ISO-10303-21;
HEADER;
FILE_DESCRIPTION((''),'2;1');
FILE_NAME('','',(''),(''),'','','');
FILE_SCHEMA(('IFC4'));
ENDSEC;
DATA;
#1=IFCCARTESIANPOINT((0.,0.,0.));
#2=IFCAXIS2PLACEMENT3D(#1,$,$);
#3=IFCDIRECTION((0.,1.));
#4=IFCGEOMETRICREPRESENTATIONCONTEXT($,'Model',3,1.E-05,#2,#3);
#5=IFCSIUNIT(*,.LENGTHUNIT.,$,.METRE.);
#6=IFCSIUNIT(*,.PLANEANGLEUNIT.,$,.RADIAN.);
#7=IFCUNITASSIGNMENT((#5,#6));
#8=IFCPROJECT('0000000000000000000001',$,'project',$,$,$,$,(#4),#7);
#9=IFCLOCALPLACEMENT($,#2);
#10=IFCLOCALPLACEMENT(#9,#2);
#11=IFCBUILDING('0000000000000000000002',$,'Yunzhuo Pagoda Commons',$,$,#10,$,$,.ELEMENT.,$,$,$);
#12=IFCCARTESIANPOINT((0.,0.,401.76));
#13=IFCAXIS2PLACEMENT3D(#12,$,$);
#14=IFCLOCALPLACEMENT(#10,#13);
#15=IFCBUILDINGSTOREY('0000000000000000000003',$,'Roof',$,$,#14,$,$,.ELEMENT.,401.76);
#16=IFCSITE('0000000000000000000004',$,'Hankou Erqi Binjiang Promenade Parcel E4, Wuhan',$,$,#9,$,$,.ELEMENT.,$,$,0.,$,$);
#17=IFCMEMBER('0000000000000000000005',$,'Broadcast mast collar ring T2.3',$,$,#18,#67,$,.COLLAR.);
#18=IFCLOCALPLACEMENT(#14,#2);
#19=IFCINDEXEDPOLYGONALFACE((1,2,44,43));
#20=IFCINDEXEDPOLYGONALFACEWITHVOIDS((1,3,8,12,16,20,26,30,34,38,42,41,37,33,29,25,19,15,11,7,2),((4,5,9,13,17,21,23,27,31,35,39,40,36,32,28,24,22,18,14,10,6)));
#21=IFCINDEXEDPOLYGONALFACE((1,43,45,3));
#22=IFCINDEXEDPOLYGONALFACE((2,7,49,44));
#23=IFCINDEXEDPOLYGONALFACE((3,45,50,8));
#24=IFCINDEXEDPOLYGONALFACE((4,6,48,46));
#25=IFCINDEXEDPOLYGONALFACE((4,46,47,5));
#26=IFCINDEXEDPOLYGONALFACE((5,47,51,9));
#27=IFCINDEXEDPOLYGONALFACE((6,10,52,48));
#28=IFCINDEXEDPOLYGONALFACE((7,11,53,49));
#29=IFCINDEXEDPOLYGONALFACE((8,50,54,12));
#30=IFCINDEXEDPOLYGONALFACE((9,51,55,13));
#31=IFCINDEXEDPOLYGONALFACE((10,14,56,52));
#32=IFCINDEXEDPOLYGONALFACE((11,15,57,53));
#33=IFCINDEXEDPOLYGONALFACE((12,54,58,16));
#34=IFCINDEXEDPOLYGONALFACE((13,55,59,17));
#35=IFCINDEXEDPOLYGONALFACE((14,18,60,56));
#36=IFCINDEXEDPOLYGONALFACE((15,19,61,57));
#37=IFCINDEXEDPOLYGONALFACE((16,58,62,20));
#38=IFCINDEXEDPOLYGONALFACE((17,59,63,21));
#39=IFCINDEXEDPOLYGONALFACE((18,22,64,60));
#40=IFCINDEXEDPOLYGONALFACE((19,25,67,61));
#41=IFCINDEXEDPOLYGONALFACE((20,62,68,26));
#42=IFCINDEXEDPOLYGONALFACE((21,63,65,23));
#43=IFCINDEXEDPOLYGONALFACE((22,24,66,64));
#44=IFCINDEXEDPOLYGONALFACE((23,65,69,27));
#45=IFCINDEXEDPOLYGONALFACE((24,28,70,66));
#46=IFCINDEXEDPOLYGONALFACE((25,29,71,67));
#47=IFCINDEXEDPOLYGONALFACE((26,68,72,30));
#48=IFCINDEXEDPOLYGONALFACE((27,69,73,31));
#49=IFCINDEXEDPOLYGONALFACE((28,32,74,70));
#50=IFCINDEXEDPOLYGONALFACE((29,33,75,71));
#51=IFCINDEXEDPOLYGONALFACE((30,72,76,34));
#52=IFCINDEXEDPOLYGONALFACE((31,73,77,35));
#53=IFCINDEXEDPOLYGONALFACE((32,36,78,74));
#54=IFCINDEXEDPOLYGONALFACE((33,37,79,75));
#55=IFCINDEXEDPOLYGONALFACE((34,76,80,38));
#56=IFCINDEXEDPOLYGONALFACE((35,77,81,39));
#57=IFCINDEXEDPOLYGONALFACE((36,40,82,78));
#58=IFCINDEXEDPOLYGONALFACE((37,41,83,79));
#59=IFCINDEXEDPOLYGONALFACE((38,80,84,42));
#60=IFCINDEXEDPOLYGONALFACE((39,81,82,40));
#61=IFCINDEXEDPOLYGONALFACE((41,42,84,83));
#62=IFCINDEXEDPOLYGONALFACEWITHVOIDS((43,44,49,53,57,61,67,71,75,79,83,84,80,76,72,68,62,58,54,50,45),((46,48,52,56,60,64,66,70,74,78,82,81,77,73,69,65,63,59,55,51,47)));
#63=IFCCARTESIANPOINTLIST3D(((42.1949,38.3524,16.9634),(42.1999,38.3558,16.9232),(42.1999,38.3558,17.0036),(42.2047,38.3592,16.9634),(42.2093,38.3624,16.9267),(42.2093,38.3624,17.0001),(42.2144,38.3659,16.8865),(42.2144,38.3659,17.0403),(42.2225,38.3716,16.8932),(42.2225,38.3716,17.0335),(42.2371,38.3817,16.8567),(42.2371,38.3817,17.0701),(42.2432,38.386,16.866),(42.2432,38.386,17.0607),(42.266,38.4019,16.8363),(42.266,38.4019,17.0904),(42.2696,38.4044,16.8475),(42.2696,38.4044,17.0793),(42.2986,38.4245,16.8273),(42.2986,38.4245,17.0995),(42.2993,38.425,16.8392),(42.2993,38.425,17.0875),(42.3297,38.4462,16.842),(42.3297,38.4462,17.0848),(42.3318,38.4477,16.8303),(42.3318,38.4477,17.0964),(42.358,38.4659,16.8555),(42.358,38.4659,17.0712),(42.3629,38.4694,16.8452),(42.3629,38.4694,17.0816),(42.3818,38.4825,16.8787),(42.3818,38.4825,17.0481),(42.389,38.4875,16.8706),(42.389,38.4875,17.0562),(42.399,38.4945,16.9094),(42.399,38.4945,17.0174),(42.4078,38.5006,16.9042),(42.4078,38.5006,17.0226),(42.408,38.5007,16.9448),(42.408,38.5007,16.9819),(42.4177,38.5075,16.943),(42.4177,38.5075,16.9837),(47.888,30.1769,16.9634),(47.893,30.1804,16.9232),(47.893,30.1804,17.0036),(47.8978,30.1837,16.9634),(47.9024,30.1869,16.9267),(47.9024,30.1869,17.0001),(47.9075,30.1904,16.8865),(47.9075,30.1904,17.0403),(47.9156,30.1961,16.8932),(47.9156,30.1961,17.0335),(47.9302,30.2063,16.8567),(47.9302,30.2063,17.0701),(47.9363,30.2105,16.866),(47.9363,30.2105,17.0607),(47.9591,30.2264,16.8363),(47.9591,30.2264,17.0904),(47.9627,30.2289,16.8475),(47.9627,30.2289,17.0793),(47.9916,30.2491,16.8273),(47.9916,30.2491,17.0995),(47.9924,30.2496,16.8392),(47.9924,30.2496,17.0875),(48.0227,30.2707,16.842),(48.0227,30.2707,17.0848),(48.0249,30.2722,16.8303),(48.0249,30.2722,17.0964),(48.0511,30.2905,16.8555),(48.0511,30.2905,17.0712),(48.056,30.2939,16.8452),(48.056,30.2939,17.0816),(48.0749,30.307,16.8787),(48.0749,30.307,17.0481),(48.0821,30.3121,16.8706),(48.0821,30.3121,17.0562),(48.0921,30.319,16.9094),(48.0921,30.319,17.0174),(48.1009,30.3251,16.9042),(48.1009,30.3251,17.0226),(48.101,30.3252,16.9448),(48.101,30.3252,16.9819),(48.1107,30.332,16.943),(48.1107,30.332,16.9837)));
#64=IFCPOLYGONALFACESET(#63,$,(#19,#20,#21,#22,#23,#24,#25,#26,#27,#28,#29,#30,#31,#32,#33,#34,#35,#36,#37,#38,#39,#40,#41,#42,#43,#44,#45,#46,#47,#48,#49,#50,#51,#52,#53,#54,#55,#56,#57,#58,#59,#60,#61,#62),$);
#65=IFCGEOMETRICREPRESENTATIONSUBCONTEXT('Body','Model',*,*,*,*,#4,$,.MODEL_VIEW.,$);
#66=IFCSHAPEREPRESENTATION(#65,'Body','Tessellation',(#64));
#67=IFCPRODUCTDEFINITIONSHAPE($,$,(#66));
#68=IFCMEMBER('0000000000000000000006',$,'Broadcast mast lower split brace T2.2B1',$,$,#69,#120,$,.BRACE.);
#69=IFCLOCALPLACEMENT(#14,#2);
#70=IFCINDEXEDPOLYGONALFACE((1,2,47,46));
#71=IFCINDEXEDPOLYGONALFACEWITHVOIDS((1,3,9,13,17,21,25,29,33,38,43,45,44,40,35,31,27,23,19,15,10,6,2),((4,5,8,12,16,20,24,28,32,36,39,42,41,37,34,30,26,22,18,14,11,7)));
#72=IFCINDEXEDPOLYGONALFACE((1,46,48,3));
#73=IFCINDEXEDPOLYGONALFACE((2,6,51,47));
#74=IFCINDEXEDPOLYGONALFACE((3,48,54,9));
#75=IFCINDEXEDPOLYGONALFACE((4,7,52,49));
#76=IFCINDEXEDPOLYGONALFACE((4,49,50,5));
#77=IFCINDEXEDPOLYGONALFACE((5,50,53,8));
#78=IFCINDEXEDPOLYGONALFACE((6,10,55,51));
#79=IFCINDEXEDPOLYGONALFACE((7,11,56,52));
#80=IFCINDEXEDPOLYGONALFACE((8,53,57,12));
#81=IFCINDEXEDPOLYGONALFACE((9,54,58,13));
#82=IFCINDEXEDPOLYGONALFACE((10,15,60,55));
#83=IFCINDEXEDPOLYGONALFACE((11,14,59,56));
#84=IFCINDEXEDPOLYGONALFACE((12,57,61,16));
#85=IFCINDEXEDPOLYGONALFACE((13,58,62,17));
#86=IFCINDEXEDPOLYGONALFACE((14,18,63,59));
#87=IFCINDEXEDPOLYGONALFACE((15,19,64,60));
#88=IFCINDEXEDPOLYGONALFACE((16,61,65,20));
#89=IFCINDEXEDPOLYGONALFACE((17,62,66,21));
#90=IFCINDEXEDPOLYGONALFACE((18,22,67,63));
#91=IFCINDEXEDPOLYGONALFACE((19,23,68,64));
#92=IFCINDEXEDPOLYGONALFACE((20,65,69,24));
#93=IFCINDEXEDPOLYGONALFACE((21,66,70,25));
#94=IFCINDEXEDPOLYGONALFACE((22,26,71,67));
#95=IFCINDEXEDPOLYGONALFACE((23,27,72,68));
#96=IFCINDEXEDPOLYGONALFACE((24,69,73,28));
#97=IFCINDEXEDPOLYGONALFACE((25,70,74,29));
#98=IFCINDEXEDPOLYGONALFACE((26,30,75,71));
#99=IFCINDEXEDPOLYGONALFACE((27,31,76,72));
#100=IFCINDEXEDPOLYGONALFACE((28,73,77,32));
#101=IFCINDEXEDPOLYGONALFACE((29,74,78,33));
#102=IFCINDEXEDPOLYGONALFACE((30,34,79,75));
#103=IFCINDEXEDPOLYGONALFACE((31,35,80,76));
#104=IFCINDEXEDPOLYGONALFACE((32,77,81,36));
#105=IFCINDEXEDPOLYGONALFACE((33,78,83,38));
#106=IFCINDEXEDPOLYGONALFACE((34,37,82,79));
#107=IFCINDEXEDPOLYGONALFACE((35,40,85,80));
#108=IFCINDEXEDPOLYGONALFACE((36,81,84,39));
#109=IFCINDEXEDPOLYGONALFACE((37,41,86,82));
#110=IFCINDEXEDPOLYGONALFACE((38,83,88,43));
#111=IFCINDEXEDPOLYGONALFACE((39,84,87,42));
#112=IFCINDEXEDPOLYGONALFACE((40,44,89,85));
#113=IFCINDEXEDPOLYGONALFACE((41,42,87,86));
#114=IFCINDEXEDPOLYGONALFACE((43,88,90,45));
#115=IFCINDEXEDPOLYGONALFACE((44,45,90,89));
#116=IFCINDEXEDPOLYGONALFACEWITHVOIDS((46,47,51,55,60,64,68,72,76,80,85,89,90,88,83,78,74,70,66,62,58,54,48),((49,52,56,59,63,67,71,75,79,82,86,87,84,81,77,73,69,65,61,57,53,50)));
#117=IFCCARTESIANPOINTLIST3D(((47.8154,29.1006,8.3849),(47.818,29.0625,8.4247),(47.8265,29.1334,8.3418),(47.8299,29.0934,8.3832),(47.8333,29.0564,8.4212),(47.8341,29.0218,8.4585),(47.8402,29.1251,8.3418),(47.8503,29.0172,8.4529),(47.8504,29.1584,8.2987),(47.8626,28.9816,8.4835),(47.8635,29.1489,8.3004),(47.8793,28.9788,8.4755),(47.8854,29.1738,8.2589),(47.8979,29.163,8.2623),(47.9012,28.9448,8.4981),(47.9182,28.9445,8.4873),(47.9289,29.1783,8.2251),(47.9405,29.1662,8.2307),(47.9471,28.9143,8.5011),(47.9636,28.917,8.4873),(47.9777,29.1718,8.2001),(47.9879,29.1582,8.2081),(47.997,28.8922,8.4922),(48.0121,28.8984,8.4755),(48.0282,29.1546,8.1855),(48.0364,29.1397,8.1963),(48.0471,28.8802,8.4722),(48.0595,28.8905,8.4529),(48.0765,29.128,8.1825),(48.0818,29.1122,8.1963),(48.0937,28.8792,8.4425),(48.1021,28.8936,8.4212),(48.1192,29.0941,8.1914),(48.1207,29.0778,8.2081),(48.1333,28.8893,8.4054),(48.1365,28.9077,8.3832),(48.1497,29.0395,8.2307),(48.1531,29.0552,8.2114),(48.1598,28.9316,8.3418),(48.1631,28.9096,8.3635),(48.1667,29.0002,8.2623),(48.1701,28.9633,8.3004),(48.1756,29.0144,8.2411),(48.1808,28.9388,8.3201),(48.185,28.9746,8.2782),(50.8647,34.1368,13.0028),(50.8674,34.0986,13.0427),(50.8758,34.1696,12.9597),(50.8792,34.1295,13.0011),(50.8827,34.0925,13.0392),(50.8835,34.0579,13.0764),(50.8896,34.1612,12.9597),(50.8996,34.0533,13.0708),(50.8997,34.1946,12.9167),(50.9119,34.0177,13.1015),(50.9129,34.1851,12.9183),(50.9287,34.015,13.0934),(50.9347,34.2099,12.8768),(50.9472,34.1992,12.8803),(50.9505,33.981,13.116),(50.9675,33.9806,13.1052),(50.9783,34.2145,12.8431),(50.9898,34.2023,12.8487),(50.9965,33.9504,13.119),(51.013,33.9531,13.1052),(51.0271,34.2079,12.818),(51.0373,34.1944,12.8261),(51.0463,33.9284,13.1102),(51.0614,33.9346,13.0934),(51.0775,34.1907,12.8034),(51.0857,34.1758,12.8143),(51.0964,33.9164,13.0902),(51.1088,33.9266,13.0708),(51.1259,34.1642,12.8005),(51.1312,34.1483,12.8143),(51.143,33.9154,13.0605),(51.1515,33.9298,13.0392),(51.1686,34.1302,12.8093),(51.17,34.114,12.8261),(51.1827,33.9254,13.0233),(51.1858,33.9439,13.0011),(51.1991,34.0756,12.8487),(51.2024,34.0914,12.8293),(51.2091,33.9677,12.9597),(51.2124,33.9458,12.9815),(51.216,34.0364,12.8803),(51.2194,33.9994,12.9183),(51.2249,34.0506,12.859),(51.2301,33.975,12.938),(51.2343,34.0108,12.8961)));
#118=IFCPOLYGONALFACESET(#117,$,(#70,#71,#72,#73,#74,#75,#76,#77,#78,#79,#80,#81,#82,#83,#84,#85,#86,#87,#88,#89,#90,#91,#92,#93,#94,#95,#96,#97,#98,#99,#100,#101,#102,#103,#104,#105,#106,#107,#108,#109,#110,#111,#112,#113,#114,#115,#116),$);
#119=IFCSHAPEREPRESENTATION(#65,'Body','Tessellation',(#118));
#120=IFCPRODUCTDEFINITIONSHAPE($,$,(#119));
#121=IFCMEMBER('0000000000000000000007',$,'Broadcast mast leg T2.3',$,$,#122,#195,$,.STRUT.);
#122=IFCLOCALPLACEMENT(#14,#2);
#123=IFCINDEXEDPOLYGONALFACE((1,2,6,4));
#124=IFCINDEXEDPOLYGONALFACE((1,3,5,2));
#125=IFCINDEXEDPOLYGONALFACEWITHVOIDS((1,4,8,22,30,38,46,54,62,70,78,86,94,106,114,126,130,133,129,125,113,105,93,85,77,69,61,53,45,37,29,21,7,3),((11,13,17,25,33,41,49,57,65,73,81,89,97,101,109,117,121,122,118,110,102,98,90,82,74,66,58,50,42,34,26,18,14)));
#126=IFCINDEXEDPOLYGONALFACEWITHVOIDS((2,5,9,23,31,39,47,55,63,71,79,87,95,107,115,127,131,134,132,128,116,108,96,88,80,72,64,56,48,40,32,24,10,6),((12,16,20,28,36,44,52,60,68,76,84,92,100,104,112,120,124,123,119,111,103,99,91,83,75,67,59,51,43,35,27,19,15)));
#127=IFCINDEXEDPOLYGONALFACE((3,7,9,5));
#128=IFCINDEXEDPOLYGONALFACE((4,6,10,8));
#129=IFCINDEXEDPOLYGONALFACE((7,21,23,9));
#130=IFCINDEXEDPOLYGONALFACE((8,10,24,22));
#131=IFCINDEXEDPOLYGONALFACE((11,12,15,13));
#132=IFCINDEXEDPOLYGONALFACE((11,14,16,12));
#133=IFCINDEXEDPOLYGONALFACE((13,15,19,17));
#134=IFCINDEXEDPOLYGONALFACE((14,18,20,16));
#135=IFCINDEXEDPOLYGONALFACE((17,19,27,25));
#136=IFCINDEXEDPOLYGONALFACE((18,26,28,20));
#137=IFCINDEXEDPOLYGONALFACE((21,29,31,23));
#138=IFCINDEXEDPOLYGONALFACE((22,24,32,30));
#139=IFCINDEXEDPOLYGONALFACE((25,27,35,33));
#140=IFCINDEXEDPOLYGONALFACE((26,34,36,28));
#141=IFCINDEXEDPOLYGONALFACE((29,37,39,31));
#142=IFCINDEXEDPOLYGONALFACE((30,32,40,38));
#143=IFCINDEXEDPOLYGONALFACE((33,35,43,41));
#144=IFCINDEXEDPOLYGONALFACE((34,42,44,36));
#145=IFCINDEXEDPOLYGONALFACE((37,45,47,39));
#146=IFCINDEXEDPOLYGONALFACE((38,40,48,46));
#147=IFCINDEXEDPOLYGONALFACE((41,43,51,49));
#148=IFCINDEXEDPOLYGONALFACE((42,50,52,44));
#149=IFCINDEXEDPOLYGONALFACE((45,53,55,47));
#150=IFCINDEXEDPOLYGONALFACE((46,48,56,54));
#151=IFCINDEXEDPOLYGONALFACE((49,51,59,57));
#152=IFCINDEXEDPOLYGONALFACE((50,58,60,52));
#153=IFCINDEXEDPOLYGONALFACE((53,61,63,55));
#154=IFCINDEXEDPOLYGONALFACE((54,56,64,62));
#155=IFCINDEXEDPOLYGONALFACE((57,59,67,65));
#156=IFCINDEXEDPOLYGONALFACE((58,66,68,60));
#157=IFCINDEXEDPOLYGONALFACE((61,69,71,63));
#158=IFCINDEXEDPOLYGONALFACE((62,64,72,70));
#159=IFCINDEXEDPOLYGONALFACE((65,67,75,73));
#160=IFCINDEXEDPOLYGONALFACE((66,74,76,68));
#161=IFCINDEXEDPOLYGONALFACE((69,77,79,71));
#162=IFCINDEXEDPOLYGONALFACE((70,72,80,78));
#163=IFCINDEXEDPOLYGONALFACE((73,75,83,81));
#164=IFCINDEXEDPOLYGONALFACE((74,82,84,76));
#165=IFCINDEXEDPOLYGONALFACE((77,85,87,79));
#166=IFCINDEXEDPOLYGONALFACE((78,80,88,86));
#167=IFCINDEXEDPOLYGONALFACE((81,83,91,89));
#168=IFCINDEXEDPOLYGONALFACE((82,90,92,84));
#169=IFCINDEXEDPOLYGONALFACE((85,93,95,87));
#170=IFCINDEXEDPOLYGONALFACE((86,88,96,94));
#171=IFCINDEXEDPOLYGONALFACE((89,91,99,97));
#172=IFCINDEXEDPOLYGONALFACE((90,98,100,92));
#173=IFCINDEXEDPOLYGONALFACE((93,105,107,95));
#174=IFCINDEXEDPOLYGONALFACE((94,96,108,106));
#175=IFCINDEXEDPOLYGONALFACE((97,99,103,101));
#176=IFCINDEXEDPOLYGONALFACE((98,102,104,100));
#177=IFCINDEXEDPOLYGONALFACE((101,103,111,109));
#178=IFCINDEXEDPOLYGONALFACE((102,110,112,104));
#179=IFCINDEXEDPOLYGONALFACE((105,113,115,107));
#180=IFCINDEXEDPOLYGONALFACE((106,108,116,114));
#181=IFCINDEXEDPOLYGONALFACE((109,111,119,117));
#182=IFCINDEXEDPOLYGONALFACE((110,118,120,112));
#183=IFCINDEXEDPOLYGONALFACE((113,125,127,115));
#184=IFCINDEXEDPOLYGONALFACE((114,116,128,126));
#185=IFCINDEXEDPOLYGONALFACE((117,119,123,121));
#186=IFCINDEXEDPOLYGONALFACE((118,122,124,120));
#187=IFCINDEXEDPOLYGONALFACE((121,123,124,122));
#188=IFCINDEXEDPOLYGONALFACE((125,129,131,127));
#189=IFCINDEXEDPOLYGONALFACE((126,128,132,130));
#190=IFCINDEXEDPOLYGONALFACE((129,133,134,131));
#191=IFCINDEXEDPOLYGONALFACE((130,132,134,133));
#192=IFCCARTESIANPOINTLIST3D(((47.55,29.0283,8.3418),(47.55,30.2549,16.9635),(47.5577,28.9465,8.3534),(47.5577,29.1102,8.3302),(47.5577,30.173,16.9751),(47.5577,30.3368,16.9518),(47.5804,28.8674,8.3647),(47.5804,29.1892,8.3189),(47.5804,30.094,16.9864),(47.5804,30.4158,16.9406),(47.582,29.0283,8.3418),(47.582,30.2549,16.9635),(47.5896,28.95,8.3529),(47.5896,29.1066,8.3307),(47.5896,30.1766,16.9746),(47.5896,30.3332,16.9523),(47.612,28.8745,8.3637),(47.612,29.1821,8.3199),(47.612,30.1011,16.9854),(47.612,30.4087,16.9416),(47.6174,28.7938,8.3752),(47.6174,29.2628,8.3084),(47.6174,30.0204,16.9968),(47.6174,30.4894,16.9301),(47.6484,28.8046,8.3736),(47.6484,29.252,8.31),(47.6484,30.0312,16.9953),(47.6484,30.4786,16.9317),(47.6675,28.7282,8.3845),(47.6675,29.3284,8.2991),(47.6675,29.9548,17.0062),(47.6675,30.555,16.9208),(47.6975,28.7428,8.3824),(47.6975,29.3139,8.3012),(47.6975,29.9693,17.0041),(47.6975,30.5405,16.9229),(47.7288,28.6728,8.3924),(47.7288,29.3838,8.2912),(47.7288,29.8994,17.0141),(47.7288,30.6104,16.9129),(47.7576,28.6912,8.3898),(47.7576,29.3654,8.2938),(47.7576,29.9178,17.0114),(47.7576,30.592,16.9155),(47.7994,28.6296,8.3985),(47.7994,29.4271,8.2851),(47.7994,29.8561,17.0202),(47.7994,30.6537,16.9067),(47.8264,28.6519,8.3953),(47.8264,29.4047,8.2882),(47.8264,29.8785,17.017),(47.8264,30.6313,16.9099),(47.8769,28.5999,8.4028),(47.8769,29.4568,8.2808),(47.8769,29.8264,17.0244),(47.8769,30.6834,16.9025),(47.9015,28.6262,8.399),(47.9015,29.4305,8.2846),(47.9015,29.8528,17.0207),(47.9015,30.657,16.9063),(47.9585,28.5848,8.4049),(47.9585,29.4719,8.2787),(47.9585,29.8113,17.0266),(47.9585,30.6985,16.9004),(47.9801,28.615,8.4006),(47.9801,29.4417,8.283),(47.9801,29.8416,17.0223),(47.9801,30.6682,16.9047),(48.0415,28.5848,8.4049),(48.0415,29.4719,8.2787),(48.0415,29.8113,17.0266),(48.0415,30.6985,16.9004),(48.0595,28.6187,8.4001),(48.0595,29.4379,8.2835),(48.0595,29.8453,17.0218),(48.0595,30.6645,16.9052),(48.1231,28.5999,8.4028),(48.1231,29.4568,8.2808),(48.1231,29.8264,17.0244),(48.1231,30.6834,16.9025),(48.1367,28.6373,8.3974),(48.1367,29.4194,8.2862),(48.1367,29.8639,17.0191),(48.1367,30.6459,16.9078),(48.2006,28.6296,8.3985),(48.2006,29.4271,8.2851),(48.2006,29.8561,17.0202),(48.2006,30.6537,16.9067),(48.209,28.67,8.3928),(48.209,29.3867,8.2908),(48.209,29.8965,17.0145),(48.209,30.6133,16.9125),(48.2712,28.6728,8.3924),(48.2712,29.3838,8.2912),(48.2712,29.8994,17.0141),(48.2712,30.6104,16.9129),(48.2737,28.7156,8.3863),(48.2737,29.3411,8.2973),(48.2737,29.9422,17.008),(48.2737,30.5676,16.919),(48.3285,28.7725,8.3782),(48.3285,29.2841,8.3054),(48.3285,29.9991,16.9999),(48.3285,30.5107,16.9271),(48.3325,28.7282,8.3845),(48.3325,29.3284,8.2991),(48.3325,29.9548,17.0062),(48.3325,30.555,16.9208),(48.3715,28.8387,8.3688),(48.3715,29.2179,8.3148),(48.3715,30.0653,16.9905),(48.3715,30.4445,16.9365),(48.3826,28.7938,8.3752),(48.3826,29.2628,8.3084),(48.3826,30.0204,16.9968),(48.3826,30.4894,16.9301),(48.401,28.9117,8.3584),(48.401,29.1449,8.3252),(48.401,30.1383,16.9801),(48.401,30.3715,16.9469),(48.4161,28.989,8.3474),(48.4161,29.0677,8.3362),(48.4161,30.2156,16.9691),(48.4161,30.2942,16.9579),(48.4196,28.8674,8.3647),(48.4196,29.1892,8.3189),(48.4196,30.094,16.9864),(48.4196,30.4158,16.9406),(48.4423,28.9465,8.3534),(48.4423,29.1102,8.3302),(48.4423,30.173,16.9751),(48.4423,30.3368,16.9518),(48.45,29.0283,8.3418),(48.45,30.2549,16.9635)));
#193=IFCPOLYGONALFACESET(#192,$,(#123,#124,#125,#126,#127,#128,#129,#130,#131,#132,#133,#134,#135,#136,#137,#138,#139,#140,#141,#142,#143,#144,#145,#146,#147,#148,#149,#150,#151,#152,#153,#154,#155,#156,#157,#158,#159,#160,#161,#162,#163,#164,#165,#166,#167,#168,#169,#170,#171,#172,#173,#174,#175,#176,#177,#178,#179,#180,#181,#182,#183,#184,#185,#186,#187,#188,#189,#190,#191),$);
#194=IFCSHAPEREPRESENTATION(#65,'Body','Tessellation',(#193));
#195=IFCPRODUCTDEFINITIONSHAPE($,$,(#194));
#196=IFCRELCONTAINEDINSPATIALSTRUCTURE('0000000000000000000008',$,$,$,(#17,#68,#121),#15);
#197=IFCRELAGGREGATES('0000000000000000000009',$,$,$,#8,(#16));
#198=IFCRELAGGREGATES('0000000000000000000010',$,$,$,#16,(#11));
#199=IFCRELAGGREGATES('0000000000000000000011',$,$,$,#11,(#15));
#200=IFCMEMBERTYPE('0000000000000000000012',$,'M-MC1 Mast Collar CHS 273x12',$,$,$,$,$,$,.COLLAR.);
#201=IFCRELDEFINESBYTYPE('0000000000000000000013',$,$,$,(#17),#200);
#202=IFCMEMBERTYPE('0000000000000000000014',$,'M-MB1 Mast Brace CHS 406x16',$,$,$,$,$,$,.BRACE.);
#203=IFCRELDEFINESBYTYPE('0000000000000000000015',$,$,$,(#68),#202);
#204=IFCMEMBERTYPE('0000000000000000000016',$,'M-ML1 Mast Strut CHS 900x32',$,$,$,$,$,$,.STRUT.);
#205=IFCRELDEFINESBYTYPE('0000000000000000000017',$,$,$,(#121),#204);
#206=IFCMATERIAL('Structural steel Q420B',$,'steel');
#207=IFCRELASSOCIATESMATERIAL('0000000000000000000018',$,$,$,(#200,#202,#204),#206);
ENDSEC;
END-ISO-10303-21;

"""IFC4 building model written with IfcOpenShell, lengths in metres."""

from ifc_helpers import new_model, si_unit, direction, frame, origin, origin_2d, place, context, subcontext, project, spatial, hollow_circle, extrude, source, transform, mapped, material, material_profile, profile_set, type_object, element, save


model = new_model("IFC4")

# Units and contexts
model_context = context("Model", 3, precision=1e-05, world=origin(), true_north=direction((0.0, 1.0)))
body_context = subcontext(model_context, "Body", "Model", "MODEL_VIEW")
ifc_project = project(units=[si_unit("LENGTHUNIT", "METRE"), si_unit("PLANEANGLEUNIT", "RADIAN")], contexts=[model_context])

# Site, building, storey
site_placement = place(None, origin())
site = spatial("IfcSite", under=ifc_project, at=site_placement, Name="Hankou Erqi Binjiang Promenade Parcel E4, Wuhan", CompositionType="ELEMENT", RefElevation=0.0)
building_placement = place(site_placement, origin())
building = spatial("IfcBuilding", under=site, at=building_placement, Name="Yunzhuo Pagoda Commons", CompositionType="ELEMENT")
storey_placement = place(building_placement, frame((0.0, 0.0, 401.76)))
storey = spatial("IfcBuildingStorey", under=building, at=storey_placement, Name="Roof", CompositionType="ELEMENT", Elevation=401.76)

# Members
ifc_material_1 = material(Name="Structural steel Q420B", Category="steel")
ifc_material_profile_1 = material_profile(ifc_material_1, hollow_circle(Radius=0.1365, WallThickness=0.012, at=origin_2d()), Name="Structural steel Q420B")
ifc_profile_set_1 = profile_set([ifc_material_profile_1], Name="Structural steel Q420B")
member_type_1 = type_object("IfcMemberType", Name="M-MC1 Mast Collar CHS 273x12", PredefinedType="COLLAR", material=ifc_profile_set_1)
ifc_material_profile_2 = material_profile(ifc_material_1, hollow_circle(Radius=0.2029, WallThickness=0.0161, at=origin_2d()), Name="Structural steel Q420B")
ifc_profile_set_2 = profile_set([ifc_material_profile_2], Name="Structural steel Q420B")
member_type_2 = type_object("IfcMemberType", Name="M-MB1 Mast Brace CHS 406x16", PredefinedType="BRACE", material=ifc_profile_set_2)
shared_shape_1 = source(origin(), body_context, "Body", "SweptSolid", [
    extrude(hollow_circle(Radius=0.1365, WallThickness=0.012, at=origin_2d()), origin(), (0.0, 0.0, 1.0), 9.9624),
])
member_1_placement = place(storey_placement, frame((48.0, 30.2549, 16.9634), z_axis=(-0.571456, 0.820633, 0.0), x_axis=(-0.820633, -0.571456, 0.0)))
element("IfcMember", 1, at=member_1_placement, inside=storey, type_object=member_type_1, Name="Broadcast mast collar ring T2.3", PredefinedType="COLLAR", context=body_context, shape_type="MappedRepresentation", body=[
    mapped(shared_shape_1, transform((0.0, 0.0, 0.0), scale=1.0)),
])
shared_shape_2 = source(origin(), body_context, "Body", "SweptSolid", [
    extrude(hollow_circle(Radius=0.2029, WallThickness=0.0161, at=origin_2d()), origin(), (0.0, 0.0, 1.0), 7.4824),
])
member_2_placement = place(storey_placement, frame((48.0, 29.0283, 8.3418), z_axis=(0.407532, 0.673065, 0.617172), x_axis=(-0.855415, 0.517943, 0.0)))
element("IfcMember", 2, at=member_2_placement, inside=storey, type_object=member_type_2, Name="Broadcast mast lower split brace T2.2B1", PredefinedType="BRACE", context=body_context, shape_type="MappedRepresentation", body=[
    mapped(shared_shape_2, transform((0.0, 0.0, 0.0), scale=1.0)),
])
ifc_material_profile_3 = material_profile(ifc_material_1, hollow_circle(Radius=0.45, WallThickness=0.032, at=origin_2d()), Name="Structural steel Q420B")
ifc_profile_set_3 = profile_set([ifc_material_profile_3], Name="Structural steel Q420B")
member_type_3 = type_object("IfcMemberType", Name="M-ML1 Mast Strut CHS 900x32", PredefinedType="STRUT", material=ifc_profile_set_3)
shared_shape_3 = source(origin(), body_context, "Body", "SweptSolid", [
    extrude(hollow_circle(Radius=0.45, WallThickness=0.032, at=origin_2d()), origin(), (0.0, 0.0, 1.0), 8.7085),
])
member_3_placement = place(storey_placement, frame((48.0, 29.0283, 8.3418), z_axis=(0.0, 0.140848, 0.990031), x_axis=(-1.0, 0.0, 0.0)))
element("IfcMember", 3, at=member_3_placement, inside=storey, type_object=member_type_3, Name="Broadcast mast leg T2.3", PredefinedType="STRUT", context=body_context, shape_type="MappedRepresentation", body=[
    mapped(shared_shape_3, transform((0.0, 0.0, 0.0), scale=1.0)),
])

save(model, "model.ifc")
